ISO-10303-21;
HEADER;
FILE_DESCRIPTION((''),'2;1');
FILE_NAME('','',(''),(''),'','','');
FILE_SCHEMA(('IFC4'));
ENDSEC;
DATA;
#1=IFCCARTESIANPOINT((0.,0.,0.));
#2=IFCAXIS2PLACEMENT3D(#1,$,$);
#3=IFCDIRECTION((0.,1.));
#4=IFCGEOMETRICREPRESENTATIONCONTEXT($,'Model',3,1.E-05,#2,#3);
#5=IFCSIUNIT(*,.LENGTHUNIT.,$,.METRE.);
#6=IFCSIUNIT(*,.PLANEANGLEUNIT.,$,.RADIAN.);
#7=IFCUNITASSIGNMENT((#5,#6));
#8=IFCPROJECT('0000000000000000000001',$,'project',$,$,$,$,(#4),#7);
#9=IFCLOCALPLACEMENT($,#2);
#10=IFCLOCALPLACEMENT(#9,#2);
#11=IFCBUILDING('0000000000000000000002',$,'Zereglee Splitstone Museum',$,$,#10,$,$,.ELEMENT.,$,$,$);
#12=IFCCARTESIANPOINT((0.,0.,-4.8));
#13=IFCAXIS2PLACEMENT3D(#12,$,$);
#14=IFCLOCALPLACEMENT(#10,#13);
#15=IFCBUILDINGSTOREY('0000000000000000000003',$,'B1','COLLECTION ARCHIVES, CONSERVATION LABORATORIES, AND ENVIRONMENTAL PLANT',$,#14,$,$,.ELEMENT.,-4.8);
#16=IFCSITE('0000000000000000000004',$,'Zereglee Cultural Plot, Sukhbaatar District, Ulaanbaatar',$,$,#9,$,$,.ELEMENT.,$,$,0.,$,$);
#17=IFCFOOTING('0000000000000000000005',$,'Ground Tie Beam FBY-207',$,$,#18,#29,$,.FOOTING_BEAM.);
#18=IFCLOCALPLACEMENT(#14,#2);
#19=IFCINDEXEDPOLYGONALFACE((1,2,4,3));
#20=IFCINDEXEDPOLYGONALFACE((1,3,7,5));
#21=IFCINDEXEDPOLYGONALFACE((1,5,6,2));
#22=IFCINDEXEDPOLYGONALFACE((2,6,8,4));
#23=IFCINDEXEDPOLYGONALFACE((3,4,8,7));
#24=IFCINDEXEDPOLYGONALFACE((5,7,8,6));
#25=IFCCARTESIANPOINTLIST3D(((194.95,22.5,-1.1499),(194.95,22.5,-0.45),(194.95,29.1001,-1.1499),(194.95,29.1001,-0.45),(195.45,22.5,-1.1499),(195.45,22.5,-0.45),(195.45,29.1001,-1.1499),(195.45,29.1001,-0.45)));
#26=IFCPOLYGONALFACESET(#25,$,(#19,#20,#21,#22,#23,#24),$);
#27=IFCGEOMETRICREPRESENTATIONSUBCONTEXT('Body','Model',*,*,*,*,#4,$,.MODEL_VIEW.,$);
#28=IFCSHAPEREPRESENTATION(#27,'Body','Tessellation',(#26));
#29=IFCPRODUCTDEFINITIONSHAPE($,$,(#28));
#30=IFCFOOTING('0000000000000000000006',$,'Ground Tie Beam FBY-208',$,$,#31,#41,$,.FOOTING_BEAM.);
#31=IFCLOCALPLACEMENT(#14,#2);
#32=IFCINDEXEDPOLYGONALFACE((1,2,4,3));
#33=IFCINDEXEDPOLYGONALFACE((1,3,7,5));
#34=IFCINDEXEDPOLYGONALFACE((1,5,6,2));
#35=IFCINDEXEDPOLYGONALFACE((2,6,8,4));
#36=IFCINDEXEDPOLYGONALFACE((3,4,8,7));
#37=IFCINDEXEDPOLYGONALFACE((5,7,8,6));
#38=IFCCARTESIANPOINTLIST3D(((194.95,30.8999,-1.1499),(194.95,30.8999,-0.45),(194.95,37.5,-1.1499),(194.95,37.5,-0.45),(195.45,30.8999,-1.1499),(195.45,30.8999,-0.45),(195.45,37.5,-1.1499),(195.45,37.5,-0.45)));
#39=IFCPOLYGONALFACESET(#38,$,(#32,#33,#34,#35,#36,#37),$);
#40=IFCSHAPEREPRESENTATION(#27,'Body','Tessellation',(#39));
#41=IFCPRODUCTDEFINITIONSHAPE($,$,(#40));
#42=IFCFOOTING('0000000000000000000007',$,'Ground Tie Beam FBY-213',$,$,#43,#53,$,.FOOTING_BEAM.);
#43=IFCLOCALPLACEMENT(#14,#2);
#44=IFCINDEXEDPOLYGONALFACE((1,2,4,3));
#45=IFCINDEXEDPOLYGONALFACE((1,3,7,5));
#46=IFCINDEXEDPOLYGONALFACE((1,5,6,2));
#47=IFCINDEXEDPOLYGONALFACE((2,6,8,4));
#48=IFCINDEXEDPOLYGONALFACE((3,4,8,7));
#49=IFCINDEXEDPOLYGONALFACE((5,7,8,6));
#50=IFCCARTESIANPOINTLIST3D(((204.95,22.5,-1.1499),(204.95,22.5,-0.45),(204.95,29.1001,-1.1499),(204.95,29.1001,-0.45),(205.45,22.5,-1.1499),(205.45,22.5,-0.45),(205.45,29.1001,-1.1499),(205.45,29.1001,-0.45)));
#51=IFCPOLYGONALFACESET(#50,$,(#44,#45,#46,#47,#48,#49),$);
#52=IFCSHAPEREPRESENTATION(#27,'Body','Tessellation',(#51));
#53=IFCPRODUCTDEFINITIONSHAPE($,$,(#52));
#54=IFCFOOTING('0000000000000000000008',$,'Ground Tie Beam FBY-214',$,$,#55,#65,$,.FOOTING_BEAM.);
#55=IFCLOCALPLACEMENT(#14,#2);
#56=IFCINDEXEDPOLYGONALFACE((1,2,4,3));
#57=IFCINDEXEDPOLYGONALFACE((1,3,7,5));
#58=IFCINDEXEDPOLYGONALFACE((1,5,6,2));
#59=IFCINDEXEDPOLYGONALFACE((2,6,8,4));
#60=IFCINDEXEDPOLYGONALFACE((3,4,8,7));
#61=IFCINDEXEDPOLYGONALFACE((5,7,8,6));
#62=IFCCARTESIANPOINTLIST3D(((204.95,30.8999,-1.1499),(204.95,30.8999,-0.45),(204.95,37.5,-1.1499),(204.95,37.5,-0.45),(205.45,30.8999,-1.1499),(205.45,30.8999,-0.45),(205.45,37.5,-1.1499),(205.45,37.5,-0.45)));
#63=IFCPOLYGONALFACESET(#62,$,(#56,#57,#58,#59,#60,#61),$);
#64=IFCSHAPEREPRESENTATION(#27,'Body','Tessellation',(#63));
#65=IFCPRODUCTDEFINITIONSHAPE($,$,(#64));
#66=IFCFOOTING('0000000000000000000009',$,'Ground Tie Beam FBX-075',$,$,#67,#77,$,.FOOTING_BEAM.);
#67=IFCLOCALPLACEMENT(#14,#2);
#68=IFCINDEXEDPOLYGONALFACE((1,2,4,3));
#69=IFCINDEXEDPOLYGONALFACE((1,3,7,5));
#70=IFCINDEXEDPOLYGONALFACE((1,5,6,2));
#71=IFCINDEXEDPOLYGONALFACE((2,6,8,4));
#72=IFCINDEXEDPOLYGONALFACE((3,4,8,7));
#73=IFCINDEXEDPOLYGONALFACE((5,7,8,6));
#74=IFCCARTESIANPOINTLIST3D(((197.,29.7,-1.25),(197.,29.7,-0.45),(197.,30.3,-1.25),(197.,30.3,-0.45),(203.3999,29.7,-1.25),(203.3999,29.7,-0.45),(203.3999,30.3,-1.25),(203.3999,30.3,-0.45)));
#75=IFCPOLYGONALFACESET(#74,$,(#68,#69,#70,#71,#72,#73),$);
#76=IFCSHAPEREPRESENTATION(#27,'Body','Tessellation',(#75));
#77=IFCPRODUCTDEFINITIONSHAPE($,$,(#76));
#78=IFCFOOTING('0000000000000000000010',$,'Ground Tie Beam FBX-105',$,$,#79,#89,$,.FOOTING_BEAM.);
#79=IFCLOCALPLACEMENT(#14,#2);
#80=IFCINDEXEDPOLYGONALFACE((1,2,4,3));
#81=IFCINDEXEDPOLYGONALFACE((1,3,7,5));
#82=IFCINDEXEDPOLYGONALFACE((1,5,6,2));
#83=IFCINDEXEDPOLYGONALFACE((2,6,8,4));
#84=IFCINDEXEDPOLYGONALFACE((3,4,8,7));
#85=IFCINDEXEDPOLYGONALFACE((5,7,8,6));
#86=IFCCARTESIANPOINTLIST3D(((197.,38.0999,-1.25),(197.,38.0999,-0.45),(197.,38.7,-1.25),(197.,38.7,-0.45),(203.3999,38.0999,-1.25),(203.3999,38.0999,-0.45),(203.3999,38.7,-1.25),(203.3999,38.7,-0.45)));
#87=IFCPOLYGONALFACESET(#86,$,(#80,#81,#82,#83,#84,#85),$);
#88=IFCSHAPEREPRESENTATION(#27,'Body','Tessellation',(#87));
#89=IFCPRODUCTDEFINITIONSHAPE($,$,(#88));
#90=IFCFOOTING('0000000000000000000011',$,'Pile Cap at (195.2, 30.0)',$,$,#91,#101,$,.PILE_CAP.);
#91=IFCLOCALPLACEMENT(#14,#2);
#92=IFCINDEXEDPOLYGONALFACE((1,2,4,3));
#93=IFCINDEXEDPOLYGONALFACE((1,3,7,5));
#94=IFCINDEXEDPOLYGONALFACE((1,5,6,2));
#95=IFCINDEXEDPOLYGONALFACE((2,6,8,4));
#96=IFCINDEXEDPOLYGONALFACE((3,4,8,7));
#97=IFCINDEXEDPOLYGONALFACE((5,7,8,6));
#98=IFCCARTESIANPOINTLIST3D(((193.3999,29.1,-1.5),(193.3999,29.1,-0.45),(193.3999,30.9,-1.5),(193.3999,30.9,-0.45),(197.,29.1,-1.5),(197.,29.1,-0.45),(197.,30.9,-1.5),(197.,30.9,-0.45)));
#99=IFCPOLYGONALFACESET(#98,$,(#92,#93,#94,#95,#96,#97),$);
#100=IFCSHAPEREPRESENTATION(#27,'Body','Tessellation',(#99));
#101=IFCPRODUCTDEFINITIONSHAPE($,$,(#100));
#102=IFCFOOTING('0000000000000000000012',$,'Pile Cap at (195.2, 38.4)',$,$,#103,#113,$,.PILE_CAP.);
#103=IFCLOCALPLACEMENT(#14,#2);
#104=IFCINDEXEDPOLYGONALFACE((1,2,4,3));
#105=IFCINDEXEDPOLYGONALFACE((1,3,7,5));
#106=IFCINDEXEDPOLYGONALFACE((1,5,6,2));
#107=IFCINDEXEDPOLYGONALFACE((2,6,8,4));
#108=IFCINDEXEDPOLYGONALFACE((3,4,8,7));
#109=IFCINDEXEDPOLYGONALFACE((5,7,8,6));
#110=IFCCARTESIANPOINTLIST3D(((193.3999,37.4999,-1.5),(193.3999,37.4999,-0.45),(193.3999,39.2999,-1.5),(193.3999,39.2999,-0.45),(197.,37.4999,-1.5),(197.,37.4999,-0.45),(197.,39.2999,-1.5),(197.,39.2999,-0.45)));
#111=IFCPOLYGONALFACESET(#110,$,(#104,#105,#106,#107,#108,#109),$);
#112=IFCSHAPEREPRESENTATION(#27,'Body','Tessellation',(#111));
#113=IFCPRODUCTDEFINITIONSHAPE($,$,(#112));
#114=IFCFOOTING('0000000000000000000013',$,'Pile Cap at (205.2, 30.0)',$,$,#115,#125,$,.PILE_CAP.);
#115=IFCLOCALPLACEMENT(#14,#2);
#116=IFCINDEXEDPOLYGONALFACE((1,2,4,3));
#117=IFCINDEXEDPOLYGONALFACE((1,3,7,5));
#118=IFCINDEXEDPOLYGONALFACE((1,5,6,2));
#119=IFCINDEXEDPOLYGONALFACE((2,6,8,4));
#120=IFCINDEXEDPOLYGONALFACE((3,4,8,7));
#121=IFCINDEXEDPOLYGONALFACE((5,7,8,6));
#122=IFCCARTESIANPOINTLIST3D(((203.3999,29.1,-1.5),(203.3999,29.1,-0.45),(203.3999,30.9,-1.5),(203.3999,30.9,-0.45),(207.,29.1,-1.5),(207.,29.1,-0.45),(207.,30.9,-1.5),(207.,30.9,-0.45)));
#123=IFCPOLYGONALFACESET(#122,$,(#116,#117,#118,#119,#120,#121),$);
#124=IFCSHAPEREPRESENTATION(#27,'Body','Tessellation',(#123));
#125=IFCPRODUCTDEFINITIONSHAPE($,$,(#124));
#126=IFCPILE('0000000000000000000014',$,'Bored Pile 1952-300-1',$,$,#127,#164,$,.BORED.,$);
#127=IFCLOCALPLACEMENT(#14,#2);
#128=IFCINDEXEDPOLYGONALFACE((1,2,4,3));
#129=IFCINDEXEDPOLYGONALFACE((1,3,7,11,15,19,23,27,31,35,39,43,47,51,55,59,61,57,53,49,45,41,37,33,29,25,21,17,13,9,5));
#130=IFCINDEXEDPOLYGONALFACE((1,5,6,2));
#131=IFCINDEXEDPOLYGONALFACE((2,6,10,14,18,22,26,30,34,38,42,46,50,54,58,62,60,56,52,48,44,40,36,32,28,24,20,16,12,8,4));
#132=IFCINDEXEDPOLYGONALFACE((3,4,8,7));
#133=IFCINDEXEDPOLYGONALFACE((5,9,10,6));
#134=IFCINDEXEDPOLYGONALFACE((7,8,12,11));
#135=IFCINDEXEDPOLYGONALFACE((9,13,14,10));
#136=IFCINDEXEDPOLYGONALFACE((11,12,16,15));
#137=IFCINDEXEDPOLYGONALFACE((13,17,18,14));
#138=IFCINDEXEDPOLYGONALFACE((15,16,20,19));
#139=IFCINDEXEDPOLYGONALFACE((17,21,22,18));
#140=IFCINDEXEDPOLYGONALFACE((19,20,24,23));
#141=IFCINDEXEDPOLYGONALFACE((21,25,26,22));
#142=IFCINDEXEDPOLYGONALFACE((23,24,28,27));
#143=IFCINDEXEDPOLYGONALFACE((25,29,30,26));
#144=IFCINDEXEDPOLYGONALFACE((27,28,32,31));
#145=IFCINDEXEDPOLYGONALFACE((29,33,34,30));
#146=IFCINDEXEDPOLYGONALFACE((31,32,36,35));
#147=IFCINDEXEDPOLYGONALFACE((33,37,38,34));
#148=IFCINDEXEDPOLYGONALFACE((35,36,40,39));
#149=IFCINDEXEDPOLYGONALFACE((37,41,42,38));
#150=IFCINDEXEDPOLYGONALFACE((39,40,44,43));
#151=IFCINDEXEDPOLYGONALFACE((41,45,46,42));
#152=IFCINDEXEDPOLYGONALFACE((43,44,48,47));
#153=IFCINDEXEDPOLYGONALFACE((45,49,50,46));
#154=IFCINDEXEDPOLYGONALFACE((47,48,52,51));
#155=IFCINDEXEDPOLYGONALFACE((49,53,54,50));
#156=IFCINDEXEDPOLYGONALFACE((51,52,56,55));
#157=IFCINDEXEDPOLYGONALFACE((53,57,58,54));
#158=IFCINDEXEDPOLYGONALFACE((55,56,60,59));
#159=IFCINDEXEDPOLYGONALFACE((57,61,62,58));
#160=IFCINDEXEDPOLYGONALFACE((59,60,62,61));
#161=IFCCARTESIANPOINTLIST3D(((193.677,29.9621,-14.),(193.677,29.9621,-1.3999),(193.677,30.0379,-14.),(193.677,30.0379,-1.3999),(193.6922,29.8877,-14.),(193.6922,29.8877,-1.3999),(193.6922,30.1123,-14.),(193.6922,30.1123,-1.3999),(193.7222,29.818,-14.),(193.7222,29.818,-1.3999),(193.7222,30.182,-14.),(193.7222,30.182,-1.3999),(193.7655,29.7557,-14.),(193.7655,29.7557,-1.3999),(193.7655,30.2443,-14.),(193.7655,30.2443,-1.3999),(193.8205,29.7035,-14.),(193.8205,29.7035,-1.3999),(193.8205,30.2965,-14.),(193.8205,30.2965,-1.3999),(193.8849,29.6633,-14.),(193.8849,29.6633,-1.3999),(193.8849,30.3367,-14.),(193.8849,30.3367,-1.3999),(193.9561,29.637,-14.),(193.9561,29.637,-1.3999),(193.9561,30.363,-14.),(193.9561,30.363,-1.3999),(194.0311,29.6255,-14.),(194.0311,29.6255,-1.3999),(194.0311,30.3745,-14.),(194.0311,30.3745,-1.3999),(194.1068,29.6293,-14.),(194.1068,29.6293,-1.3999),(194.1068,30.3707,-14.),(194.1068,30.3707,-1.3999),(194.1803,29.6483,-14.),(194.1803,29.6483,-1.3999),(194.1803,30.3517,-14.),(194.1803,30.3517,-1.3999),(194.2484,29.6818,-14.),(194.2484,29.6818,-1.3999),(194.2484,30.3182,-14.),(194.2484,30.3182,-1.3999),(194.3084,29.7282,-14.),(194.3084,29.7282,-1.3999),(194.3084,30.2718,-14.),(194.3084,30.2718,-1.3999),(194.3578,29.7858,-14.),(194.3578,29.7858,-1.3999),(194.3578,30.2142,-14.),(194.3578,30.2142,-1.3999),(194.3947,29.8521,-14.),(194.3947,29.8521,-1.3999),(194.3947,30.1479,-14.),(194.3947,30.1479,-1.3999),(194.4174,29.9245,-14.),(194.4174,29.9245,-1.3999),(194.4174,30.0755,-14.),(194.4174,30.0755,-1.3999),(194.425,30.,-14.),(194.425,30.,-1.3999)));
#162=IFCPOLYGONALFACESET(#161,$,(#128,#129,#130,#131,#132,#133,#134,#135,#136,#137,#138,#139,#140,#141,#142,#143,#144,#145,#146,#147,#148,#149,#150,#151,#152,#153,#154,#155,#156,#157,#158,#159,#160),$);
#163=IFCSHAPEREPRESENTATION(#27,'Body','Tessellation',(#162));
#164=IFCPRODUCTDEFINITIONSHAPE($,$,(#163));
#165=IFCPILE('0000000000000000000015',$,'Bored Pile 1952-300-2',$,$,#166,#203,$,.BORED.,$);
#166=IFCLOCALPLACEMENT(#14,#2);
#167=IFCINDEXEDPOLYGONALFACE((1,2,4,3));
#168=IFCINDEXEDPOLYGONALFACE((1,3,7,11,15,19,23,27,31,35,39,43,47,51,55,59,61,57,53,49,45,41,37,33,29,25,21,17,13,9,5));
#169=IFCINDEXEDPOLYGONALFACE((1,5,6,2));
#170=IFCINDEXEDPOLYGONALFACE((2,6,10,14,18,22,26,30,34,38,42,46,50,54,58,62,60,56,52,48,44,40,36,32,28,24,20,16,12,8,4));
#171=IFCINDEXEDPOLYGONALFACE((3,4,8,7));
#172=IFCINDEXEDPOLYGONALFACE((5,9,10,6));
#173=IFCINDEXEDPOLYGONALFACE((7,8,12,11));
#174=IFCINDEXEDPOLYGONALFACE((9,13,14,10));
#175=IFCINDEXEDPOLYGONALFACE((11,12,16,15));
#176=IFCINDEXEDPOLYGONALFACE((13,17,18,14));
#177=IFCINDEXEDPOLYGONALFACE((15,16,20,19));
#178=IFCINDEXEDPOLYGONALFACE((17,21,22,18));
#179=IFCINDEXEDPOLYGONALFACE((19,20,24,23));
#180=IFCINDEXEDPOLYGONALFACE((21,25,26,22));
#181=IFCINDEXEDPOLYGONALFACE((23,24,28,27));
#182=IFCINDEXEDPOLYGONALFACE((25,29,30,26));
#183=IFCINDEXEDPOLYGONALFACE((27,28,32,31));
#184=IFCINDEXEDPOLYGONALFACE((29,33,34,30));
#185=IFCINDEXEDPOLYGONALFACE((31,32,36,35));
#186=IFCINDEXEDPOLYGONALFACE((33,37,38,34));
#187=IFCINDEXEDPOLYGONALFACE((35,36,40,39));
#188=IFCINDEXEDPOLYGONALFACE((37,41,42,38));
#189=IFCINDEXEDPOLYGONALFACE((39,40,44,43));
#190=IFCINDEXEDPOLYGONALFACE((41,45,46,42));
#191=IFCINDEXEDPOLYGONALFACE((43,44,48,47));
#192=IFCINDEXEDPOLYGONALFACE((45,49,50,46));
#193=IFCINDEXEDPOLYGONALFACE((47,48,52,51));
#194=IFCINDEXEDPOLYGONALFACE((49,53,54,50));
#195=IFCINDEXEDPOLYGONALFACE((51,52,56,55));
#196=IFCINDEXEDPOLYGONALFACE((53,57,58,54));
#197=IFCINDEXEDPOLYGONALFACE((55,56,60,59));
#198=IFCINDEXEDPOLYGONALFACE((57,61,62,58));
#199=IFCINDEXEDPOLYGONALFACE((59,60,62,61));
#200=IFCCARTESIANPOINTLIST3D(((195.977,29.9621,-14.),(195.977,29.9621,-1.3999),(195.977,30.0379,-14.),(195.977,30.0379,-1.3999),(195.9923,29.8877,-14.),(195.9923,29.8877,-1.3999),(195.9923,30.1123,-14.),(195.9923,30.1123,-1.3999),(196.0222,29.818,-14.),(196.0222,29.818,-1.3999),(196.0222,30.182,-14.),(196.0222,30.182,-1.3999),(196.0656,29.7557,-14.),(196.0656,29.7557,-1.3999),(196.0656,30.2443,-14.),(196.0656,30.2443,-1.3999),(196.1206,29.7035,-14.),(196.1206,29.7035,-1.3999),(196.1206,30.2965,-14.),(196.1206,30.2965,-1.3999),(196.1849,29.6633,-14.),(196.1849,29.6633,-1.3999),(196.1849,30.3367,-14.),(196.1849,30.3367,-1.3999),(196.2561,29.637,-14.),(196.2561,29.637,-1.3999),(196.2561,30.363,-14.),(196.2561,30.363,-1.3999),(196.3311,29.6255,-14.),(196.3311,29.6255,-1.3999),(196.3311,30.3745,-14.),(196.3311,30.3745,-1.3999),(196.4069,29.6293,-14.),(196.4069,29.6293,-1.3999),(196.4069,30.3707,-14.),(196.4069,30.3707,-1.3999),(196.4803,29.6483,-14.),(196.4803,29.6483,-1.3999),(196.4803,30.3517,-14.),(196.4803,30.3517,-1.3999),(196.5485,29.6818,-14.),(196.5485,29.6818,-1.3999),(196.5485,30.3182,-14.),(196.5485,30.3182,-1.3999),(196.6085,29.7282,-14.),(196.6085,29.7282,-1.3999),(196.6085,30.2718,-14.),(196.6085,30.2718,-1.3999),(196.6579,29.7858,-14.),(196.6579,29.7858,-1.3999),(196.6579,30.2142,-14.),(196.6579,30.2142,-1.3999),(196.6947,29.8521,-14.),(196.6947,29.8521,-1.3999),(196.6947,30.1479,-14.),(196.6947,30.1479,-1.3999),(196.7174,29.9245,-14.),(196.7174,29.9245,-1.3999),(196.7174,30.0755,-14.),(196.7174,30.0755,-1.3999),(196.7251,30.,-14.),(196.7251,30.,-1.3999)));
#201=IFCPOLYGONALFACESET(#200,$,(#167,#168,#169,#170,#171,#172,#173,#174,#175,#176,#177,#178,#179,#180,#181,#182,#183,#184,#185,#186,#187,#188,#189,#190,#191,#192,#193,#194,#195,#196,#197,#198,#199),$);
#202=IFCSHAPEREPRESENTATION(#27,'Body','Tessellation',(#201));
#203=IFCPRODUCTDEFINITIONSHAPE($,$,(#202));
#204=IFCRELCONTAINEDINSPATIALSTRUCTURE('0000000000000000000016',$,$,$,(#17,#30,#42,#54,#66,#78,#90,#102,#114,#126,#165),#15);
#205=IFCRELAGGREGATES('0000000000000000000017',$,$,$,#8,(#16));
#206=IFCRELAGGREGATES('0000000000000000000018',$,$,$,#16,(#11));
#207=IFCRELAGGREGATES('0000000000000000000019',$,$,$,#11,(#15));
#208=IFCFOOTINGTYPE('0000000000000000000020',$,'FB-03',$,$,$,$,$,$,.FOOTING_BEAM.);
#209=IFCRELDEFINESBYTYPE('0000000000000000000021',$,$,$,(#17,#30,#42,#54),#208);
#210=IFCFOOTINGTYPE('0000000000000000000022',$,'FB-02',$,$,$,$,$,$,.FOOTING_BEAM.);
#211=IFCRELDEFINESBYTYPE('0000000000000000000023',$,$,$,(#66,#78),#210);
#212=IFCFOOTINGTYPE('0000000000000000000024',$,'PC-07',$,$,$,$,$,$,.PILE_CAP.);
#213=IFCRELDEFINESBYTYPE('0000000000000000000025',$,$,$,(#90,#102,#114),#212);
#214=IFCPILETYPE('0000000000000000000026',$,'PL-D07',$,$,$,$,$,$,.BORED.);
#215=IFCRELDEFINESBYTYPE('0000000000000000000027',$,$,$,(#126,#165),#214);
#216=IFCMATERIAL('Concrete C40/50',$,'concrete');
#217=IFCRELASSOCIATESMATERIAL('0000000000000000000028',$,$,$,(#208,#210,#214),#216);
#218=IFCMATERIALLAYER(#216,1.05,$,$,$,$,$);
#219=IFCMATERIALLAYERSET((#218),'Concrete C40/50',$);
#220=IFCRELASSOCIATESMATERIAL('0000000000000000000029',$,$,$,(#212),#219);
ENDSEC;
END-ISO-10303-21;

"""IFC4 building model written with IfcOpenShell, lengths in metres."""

from ifc_helpers import new_model, si_unit, direction, frame, origin, origin_2d, place, context, subcontext, project, spatial, rectangle, circle, extrude, material, layer, layer_set, material_profile, profile_set, type_object, element, save


model = new_model("IFC4")

# Units and contexts
model_context = context("Model", 3, precision=1e-05, world=origin(), true_north=direction((0.0, 1.0)))
body_context = subcontext(model_context, "Body", "Model", "MODEL_VIEW")
ifc_project = project(units=[si_unit("LENGTHUNIT", "METRE"), si_unit("PLANEANGLEUNIT", "RADIAN")], contexts=[model_context])

# Site, building, storey
site_placement = place(None, origin())
site = spatial("IfcSite", under=ifc_project, at=site_placement, Name="Zereglee Cultural Plot, Sukhbaatar District, Ulaanbaatar", CompositionType="ELEMENT", RefElevation=0.0)
building_placement = place(site_placement, origin())
building = spatial("IfcBuilding", under=site, at=building_placement, Name="Zereglee Splitstone Museum", CompositionType="ELEMENT")
storey_placement = place(building_placement, frame((0.0, 0.0, -4.8)))
storey = spatial("IfcBuildingStorey", under=building, at=storey_placement, Name="B1", Description="COLLECTION ARCHIVES, CONSERVATION LABORATORIES, AND ENVIRONMENTAL PLANT", CompositionType="ELEMENT", Elevation=-4.8)

# Footings
ifc_material_1 = material(Name="Concrete C40/50", Category="concrete")
footing_type_1 = type_object("IfcFootingType", Name="FB-03", PredefinedType="FOOTING_BEAM", material=ifc_material_1)
for number, where, z_axis, x_axis, name in (
    (1, (195.2, 25.8, -1.1499), (0.0, 0.0, 1.0), (0.0, 1.0, 0.0), "Ground Tie Beam FBY-207"),
    (2, (195.2, 34.2, -1.1499), (0.0, 0.0, 1.0), (0.0, 1.0, 0.0), "Ground Tie Beam FBY-208"),
    (3, (205.2, 25.8, -1.1499), (0.0, 0.0, 1.0), (0.0, 1.0, 0.0), "Ground Tie Beam FBY-213"),
    (4, (205.2, 34.2, -1.1499), (0.0, 0.0, 1.0), (0.0, 1.0, 0.0), "Ground Tie Beam FBY-214"),
):
    element("IfcFooting", number, at=place(storey_placement, frame(where, z_axis=z_axis, x_axis=x_axis)), inside=storey, type_object=footing_type_1, Name=name, PredefinedType="FOOTING_BEAM", context=body_context, shape_type="SweptSolid", body=[
        extrude(rectangle(XDim=6.6001, YDim=0.5, at=origin_2d()), origin(), (0.0, 0.0, 1.0), 0.7),
    ])
footing_type_2 = type_object("IfcFootingType", Name="FB-02", PredefinedType="FOOTING_BEAM", material=ifc_material_1)
for number, where, z_axis, x_axis, name in (
    (5, (200.2, 30.0, -1.25), (0.0, 0.0, 1.0), (1.0, 0.0, 0.0), "Ground Tie Beam FBX-075"),
    (6, (200.2, 38.3999, -1.25), (0.0, 0.0, 1.0), (1.0, 0.0, 0.0), "Ground Tie Beam FBX-105"),
):
    element("IfcFooting", number, at=place(storey_placement, frame(where, z_axis=z_axis, x_axis=x_axis)), inside=storey, type_object=footing_type_2, Name=name, PredefinedType="FOOTING_BEAM", context=body_context, shape_type="SweptSolid", body=[
        extrude(rectangle(XDim=6.3999, YDim=0.6001, at=origin_2d()), origin(), (0.0, 0.0, 1.0), 0.8),
    ])
ifc_layer_1 = layer(ifc_material_1, 1.05)
ifc_layer_set_1 = layer_set([ifc_layer_1], Name="Concrete C40/50")
footing_type_3 = type_object("IfcFootingType", Name="PC-07", PredefinedType="PILE_CAP", material=ifc_layer_set_1)
for number, where, z_axis, x_axis, name in (
    (7, (195.2, 30.0, -1.5), (0.0, 0.0, 1.0), (1.0, 0.0, 0.0), "Pile Cap at (195.2, 30.0)"),
    (8, (195.2, 38.3999, -1.5), (0.0, 0.0, 1.0), (1.0, 0.0, 0.0), "Pile Cap at (195.2, 38.4)"),
    (9, (205.2, 30.0, -1.5), (0.0, 0.0, 1.0), (1.0, 0.0, 0.0), "Pile Cap at (205.2, 30.0)"),
):
    element("IfcFooting", number, at=place(storey_placement, frame(where, z_axis=z_axis, x_axis=x_axis)), inside=storey, type_object=footing_type_3, Name=name, PredefinedType="PILE_CAP", context=body_context, shape_type="SweptSolid", body=[
        extrude(rectangle(XDim=3.6001, YDim=1.8, at=origin_2d()), origin(), (0.0, 0.0, 1.0), 1.05),
    ])

# Piles
ifc_material_profile_1 = material_profile(ifc_material_1, circle(Radius=0.375, at=origin_2d()), Name="PILE D750")
ifc_profile_set_1 = profile_set([ifc_material_profile_1], Name="Concrete C40/50")
pile_type = type_object("IfcPileType", Name="PL-D07", PredefinedType="BORED", material=ifc_profile_set_1)
for number, where, z_axis, x_axis, name in (
    (10, (194.05, 30.0, -1.3999), (0.0, 0.0, -1.0), (1.0, 0.0, 0.0), "Bored Pile 1952-300-1"),
    (11, (196.3501, 30.0, -1.3999), (0.0, 0.0, -1.0), (1.0, 0.0, 0.0), "Bored Pile 1952-300-2"),
):
    element("IfcPile", number, at=place(storey_placement, frame(where, z_axis=z_axis, x_axis=x_axis)), inside=storey, type_object=pile_type, Name=name, PredefinedType="BORED", context=body_context, shape_type="SweptSolid", body=[
        extrude(circle(Radius=0.375, at=origin_2d()), origin(), (0.0, 0.0, 1.0), 12.6001),
    ])

save(model, "model.ifc")
